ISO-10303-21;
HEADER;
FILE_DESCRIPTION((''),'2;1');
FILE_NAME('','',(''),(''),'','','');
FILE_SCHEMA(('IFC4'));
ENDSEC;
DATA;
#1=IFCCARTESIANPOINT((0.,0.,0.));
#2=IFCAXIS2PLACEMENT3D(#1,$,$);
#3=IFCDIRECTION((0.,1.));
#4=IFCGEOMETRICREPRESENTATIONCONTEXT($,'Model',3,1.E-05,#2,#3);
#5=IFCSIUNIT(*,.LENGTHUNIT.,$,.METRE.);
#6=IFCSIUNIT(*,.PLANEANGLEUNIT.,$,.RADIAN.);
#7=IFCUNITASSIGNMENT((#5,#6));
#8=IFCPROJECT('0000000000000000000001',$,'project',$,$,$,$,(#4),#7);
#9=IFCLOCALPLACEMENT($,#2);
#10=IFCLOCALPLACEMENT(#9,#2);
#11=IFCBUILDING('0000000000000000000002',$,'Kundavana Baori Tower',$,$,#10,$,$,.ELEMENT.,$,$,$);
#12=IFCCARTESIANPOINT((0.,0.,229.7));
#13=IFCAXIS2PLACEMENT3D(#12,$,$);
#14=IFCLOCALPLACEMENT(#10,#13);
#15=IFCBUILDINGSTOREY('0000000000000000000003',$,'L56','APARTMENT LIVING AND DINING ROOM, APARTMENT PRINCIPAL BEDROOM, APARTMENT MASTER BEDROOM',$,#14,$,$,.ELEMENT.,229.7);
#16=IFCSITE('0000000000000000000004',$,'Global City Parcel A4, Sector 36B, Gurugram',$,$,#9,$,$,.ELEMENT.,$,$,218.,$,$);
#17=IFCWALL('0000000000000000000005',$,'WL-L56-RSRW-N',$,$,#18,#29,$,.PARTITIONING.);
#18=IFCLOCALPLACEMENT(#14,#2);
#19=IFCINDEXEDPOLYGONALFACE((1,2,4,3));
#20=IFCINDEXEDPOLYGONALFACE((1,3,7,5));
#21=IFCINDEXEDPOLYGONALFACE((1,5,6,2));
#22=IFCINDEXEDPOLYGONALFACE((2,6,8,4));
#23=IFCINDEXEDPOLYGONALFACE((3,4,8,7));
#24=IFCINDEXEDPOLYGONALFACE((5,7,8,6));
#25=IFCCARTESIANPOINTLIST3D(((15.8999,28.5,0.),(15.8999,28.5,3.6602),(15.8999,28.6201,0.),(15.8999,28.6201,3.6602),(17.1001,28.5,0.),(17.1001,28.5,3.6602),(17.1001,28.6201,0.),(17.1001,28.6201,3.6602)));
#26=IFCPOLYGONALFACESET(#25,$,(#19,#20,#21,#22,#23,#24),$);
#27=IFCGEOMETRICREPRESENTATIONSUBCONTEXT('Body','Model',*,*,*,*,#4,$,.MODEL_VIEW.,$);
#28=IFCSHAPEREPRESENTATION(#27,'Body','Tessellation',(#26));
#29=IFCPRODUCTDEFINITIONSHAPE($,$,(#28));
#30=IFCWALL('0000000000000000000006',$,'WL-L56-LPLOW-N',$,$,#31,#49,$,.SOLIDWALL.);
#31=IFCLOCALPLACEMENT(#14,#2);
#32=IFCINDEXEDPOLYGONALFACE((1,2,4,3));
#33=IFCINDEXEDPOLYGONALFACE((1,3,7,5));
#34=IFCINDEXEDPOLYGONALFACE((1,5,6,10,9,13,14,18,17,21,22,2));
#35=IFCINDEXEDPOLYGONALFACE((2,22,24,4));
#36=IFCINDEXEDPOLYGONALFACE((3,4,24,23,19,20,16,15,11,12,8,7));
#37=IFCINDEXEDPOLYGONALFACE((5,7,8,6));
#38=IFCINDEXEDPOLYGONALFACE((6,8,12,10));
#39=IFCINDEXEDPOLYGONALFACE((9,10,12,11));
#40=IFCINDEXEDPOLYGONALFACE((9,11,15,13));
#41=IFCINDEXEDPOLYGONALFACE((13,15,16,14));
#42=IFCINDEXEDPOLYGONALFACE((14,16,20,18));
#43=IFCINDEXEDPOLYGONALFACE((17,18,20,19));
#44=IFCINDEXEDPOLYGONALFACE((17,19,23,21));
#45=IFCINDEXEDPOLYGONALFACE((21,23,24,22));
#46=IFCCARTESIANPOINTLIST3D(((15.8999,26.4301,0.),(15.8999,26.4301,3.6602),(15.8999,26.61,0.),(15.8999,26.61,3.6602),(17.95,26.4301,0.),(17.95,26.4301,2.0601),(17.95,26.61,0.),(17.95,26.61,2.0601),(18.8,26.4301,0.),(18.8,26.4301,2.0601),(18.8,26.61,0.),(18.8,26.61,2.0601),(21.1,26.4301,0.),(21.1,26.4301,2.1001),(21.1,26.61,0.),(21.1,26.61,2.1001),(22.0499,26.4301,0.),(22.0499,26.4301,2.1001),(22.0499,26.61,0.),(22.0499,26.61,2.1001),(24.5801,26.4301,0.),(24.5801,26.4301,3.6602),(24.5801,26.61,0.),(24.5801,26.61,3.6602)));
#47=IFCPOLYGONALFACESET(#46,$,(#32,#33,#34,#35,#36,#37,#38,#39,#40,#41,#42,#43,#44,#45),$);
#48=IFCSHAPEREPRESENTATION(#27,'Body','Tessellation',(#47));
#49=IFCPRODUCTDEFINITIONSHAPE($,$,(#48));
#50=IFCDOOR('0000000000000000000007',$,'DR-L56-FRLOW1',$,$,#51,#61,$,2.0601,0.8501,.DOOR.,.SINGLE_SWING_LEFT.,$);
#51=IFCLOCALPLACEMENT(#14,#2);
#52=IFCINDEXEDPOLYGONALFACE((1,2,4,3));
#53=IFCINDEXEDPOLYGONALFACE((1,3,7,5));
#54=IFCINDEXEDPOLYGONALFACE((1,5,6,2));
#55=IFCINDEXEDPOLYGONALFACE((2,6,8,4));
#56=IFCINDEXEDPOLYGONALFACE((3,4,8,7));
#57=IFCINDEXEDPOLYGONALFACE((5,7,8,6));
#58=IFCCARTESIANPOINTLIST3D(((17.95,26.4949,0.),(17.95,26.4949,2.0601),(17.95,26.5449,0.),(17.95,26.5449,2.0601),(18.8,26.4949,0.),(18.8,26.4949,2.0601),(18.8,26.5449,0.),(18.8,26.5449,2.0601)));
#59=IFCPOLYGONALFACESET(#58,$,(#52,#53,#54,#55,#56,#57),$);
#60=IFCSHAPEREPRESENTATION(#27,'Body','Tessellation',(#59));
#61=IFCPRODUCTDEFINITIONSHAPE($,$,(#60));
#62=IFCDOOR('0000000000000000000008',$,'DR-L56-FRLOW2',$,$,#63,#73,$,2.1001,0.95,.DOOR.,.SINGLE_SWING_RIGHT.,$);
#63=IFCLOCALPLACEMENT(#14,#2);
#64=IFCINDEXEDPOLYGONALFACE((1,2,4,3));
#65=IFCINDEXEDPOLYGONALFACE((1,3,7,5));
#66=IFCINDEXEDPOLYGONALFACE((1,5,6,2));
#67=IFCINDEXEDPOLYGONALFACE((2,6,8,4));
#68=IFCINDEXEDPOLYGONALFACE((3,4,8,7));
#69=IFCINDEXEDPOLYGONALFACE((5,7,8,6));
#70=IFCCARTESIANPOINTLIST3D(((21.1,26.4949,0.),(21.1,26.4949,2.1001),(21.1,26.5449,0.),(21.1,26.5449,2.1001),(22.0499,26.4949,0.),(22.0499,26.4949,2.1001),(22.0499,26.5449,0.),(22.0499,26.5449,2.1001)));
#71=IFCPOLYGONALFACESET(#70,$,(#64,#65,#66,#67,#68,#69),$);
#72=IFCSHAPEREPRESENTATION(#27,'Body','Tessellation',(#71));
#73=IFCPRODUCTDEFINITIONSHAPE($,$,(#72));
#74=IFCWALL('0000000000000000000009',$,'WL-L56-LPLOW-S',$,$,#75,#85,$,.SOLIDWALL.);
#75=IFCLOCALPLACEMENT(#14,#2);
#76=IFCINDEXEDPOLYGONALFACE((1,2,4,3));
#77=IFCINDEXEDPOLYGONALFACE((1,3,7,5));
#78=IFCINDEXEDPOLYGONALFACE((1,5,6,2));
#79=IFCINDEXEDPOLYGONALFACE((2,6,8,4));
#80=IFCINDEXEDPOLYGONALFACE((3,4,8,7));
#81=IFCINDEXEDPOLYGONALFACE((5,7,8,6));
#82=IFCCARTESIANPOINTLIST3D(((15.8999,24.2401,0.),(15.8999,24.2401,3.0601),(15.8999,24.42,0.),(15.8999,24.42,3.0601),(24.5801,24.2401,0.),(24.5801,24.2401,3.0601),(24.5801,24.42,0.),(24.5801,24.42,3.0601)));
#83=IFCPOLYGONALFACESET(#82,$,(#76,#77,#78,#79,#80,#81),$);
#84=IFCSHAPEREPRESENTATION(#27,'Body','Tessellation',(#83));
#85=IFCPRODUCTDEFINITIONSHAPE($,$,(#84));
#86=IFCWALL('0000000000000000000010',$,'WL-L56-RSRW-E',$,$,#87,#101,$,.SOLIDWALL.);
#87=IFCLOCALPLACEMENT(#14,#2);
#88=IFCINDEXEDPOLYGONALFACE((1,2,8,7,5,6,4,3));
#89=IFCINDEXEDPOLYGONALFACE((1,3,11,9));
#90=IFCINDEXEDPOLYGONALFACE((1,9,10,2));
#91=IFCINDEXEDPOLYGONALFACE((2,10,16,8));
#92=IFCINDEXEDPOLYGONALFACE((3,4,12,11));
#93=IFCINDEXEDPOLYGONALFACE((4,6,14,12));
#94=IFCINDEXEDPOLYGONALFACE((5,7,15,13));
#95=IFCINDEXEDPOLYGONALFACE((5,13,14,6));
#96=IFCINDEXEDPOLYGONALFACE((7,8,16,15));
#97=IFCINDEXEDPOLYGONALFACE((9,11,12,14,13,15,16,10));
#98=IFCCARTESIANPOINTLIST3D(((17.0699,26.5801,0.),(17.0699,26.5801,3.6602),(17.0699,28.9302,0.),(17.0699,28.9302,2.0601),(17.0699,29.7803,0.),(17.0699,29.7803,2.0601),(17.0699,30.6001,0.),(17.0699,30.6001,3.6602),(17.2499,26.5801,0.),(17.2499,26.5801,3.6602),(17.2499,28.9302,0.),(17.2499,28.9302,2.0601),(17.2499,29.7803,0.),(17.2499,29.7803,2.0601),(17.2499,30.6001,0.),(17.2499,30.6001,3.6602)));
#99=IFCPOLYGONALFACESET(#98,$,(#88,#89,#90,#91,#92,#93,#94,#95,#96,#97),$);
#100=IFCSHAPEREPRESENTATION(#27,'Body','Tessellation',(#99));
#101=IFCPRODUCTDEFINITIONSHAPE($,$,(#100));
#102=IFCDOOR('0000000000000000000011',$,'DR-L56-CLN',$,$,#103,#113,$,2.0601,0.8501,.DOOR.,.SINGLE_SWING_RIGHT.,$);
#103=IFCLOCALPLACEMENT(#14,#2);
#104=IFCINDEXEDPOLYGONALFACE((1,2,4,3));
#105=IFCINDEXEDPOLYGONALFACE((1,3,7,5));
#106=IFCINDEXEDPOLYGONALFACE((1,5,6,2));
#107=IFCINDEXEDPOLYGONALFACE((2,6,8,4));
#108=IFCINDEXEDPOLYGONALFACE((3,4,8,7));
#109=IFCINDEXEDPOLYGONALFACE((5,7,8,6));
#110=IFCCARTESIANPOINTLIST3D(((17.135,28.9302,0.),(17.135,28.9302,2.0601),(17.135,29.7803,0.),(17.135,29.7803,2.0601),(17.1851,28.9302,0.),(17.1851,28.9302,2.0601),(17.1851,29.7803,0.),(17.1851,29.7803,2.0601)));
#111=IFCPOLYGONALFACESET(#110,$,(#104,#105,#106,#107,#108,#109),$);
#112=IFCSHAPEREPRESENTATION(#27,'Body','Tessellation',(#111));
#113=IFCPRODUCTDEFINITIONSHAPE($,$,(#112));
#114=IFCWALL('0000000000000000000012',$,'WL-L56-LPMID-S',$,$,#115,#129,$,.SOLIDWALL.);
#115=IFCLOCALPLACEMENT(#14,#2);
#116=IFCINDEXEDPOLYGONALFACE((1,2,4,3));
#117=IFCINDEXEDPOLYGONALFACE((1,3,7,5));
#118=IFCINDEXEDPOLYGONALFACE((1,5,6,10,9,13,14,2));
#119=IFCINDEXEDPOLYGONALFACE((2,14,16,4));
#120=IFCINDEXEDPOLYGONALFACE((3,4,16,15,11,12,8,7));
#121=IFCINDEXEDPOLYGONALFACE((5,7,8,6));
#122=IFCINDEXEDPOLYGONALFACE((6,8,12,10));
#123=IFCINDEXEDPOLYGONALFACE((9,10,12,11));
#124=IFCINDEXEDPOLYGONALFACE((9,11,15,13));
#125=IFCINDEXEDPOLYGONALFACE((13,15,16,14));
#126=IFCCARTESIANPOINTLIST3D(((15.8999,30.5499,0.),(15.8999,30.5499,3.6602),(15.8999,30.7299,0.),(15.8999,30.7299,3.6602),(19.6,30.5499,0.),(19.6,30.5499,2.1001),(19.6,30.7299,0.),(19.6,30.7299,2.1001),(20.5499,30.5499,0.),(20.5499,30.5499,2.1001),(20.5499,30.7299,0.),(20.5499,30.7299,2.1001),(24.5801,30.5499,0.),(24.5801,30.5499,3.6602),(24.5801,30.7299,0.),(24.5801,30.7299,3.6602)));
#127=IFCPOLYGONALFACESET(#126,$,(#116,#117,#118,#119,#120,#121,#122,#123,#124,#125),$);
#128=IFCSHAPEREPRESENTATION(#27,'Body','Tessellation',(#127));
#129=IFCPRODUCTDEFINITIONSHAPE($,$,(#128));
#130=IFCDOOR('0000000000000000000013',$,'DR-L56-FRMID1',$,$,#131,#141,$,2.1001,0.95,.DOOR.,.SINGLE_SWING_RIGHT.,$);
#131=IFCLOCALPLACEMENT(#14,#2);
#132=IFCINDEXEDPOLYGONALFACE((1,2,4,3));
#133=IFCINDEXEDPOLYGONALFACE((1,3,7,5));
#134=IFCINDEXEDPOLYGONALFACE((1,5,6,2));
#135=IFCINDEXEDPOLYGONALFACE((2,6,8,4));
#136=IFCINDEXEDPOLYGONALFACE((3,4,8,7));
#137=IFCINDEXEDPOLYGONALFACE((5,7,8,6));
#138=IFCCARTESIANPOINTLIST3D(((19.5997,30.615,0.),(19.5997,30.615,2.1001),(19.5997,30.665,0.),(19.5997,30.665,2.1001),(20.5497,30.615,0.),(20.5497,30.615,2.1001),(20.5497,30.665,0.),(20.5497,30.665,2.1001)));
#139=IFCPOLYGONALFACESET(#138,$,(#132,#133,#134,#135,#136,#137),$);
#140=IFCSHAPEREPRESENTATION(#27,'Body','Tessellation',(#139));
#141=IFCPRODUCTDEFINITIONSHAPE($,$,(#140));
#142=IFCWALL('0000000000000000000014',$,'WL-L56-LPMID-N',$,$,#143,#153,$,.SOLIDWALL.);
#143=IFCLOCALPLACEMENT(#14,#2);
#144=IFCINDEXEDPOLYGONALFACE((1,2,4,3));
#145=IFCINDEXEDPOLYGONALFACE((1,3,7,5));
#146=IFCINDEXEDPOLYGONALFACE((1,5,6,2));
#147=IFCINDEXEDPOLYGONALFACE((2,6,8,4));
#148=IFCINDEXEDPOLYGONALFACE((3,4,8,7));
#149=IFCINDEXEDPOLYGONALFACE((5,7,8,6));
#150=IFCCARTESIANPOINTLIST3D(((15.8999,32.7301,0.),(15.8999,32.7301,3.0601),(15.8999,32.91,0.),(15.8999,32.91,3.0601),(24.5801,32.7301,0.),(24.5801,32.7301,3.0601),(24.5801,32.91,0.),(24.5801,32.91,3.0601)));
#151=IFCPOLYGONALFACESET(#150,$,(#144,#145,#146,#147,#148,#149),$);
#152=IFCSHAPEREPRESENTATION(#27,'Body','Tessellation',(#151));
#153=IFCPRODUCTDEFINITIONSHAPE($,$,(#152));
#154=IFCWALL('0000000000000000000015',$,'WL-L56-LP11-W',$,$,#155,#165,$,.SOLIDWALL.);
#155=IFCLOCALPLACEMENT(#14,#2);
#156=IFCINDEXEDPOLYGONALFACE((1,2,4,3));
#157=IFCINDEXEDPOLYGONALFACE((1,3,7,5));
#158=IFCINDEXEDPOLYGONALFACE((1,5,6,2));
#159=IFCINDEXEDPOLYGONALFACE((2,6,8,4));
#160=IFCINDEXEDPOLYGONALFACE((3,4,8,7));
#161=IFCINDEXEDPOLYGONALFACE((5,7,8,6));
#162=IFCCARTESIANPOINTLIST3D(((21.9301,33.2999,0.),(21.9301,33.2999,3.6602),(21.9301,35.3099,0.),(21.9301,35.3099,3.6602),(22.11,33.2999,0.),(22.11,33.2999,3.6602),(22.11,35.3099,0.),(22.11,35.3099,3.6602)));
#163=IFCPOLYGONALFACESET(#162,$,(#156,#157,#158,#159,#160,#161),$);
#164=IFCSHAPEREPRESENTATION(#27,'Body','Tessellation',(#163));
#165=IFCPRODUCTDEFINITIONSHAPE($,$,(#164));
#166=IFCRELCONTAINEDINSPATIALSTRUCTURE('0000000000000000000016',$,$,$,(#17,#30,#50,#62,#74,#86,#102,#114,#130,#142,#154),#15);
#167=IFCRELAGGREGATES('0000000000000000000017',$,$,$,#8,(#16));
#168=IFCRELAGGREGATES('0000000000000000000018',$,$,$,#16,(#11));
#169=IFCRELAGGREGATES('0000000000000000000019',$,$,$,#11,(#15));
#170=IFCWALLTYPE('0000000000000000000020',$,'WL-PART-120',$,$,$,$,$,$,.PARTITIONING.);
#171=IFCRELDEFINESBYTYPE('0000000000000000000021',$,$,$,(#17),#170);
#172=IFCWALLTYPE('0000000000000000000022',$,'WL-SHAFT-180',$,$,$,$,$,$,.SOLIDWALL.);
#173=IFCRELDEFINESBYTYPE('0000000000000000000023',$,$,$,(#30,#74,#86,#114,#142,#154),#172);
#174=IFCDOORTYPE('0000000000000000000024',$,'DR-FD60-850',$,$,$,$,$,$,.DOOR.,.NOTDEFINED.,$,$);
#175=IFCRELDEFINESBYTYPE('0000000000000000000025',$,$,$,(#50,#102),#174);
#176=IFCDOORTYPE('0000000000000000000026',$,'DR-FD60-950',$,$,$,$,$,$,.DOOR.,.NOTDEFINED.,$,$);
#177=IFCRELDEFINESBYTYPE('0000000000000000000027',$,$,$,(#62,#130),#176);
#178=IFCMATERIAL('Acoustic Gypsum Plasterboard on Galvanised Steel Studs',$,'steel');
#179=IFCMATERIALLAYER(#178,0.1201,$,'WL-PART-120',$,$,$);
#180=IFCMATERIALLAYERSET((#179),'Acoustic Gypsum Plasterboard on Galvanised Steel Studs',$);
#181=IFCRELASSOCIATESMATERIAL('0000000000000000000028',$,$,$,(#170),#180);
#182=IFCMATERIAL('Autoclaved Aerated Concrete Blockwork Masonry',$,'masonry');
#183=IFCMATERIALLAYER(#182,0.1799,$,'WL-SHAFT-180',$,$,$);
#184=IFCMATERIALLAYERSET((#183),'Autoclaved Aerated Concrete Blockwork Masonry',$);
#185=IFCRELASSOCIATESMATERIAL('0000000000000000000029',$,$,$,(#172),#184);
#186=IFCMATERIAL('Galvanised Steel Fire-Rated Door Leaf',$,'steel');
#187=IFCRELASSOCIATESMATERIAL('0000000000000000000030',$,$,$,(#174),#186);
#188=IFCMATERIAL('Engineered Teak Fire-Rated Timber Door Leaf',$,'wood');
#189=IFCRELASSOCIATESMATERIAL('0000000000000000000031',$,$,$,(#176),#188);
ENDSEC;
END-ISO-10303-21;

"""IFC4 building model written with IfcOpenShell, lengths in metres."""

from ifc_helpers import new_model, si_unit, direction, frame, frame_2d, origin, place, context, subcontext, project, spatial, rectangle, extrude, material, layer, layer_set, type_object, element, fill, save


model = new_model("IFC4")

# Units and contexts
model_context = context("Model", 3, precision=1e-05, world=origin(), true_north=direction((0.0, 1.0)))
body_context = subcontext(model_context, "Body", "Model", "MODEL_VIEW")
ifc_project = project(units=[si_unit("LENGTHUNIT", "METRE"), si_unit("PLANEANGLEUNIT", "RADIAN")], contexts=[model_context])

# Site, building, storey
site_placement = place(None, origin())
site = spatial("IfcSite", under=ifc_project, at=site_placement, Name="Global City Parcel A4, Sector 36B, Gurugram", CompositionType="ELEMENT", RefElevation=218.0)
building_placement = place(site_placement, origin())
building = spatial("IfcBuilding", under=site, at=building_placement, Name="Kundavana Baori Tower", CompositionType="ELEMENT")
storey_placement = place(building_placement, frame((0.0, 0.0, 229.7)))
storey = spatial("IfcBuildingStorey", under=building, at=storey_placement, Name="L56", Description="APARTMENT LIVING AND DINING ROOM, APARTMENT PRINCIPAL BEDROOM, APARTMENT MASTER BEDROOM", CompositionType="ELEMENT", Elevation=229.7)

# Wall
ifc_material_1 = material(Name="Acoustic Gypsum Plasterboard on Galvanised Steel Studs", Category="steel")
ifc_layer_1 = layer(ifc_material_1, 0.1201, Name="WL-PART-120")
ifc_layer_set_1 = layer_set([ifc_layer_1], Name="Acoustic Gypsum Plasterboard on Galvanised Steel Studs")
wall_type_1 = type_object("IfcWallType", Name="WL-PART-120", PredefinedType="PARTITIONING", material=ifc_layer_set_1)
wall_1_placement = place(storey_placement, frame((15.8999, 28.5601, 0.0), z_axis=(0.0, 0.0, 1.0), x_axis=(1.0, 0.0, 0.0)))
element("IfcWall", 1, at=wall_1_placement, inside=storey, type_object=wall_type_1, Name="WL-L56-RSRW-N", PredefinedType="PARTITIONING", context=body_context, shape_type="SweptSolid", body=[
    extrude(rectangle(XDim=1.2002, YDim=0.1201, at=frame_2d((0.6001, 0.0))), origin(), (0.0, 0.0, 1.0), 3.6602),
])

# Wall, openings, doors
ifc_material_2 = material(Name="Autoclaved Aerated Concrete Blockwork Masonry", Category="masonry")
ifc_layer_2 = layer(ifc_material_2, 0.1799, Name="WL-SHAFT-180")
ifc_layer_set_2 = layer_set([ifc_layer_2], Name="Autoclaved Aerated Concrete Blockwork Masonry")
wall_type_2 = type_object("IfcWallType", Name="WL-SHAFT-180", PredefinedType="SOLIDWALL", material=ifc_layer_set_2)
wall_2_placement = place(storey_placement, frame((15.8999, 26.52, 0.0), z_axis=(0.0, 0.0, 1.0), x_axis=(1.0, 0.0, 0.0)))
wall_2 = element("IfcWall", 2, at=wall_2_placement, inside=storey, type_object=wall_type_2, Name="WL-L56-LPLOW-N", PredefinedType="SOLIDWALL", context=body_context, shape_type="SweptSolid", body=[
    extrude(rectangle(XDim=8.6802, YDim=0.1799, at=frame_2d((4.3401, 0.0))), origin(), (0.0, 0.0, 1.0), 3.6602),
])
opening_1_placement = place(wall_2_placement, frame((2.05, 0.0, 0.0)))
opening_1 = element("IfcOpeningElement", 3, at=opening_1_placement, cuts=wall_2, PredefinedType="OPENING", context=body_context, shape_type="SweptSolid", body=[
    extrude(rectangle(XDim=0.8501, YDim=2.0601, at=frame_2d((0.425, 1.03))), frame((0.0, 0.1001, 0.0), z_axis=(0.0, -1.0, 0.0), x_axis=(1.0, 0.0, 0.0)), (0.0, 0.0, 1.0), 0.2),
])
opening_2_placement = place(wall_2_placement, frame((5.2, 0.0, 0.0)))
opening_2 = element("IfcOpeningElement", 4, at=opening_2_placement, cuts=wall_2, PredefinedType="OPENING", context=body_context, shape_type="SweptSolid", body=[
    extrude(rectangle(XDim=0.95, YDim=2.1001, at=frame_2d((0.4751, 1.05))), frame((0.0, 0.1001, 0.0), z_axis=(0.0, -1.0, 0.0), x_axis=(1.0, 0.0, 0.0)), (0.0, 0.0, 1.0), 0.2),
])
ifc_material_3 = material(Name="Galvanised Steel Fire-Rated Door Leaf", Category="steel")
door_type_1 = type_object("IfcDoorType", Name="DR-FD60-850", OperationType="NOTDEFINED", PredefinedType="DOOR", material=ifc_material_3)
door_1_placement = place(opening_1_placement, origin())
door_1 = element("IfcDoor", 5, at=door_1_placement, inside=storey, type_object=door_type_1, Name="DR-L56-FRLOW1", OperationType="SINGLE_SWING_LEFT", OverallHeight=2.0601, OverallWidth=0.8501, PredefinedType="DOOR", context=body_context, shape_type="SweptSolid", body=[
    extrude(rectangle(XDim=0.8501, YDim=2.0601, at=frame_2d((0.425, 1.03))), frame((0.0, 0.0249, 0.0), z_axis=(0.0, -1.0, 0.0), x_axis=(1.0, 0.0, 0.0)), (0.0, 0.0, 1.0), 0.05),
])
fill(opening_1, door_1)
ifc_material_4 = material(Name="Engineered Teak Fire-Rated Timber Door Leaf", Category="wood")
door_type_2 = type_object("IfcDoorType", Name="DR-FD60-950", OperationType="NOTDEFINED", PredefinedType="DOOR", material=ifc_material_4)
door_2_placement = place(opening_2_placement, origin())
door_2 = element("IfcDoor", 6, at=door_2_placement, inside=storey, type_object=door_type_2, Name="DR-L56-FRLOW2", OperationType="SINGLE_SWING_RIGHT", OverallHeight=2.1001, OverallWidth=0.95, PredefinedType="DOOR", context=body_context, shape_type="SweptSolid", body=[
    extrude(rectangle(XDim=0.95, YDim=2.1001, at=frame_2d((0.4751, 1.05))), frame((0.0, 0.0249, 0.0), z_axis=(0.0, -1.0, 0.0), x_axis=(1.0, 0.0, 0.0)), (0.0, 0.0, 1.0), 0.05),
])
fill(opening_2, door_2)

# Wall
wall_3_placement = place(storey_placement, frame((15.8999, 24.3301, 0.0), z_axis=(0.0, 0.0, 1.0), x_axis=(1.0, 0.0, 0.0)))
element("IfcWall", 7, at=wall_3_placement, inside=storey, type_object=wall_type_2, Name="WL-L56-LPLOW-S", PredefinedType="SOLIDWALL", context=body_context, shape_type="SweptSolid", body=[
    extrude(rectangle(XDim=8.6802, YDim=0.1799, at=frame_2d((4.3401, 0.0))), origin(), (0.0, 0.0, 1.0), 3.0601),
])

# Walls, openings, doors
wall_4_placement = place(storey_placement, frame((17.1599, 26.5801, 0.0), z_axis=(0.0, 0.0, 1.0), x_axis=(0.0, 1.0, 0.0)))
wall_4 = element("IfcWall", 8, at=wall_4_placement, inside=storey, type_object=wall_type_2, Name="WL-L56-RSRW-E", PredefinedType="SOLIDWALL", context=body_context, shape_type="SweptSolid", body=[
    extrude(rectangle(XDim=4.02, YDim=0.1799, at=frame_2d((2.01, 0.0))), origin(), (0.0, 0.0, 1.0), 3.6602),
])
opening_3_placement = place(wall_4_placement, frame((2.3501, 0.0, 0.0)))
opening_3 = element("IfcOpeningElement", 9, at=opening_3_placement, cuts=wall_4, PredefinedType="OPENING", context=body_context, shape_type="SweptSolid", body=[
    extrude(rectangle(XDim=0.8501, YDim=2.0601, at=frame_2d((0.425, 1.03))), frame((0.0, 0.1001, 0.0), z_axis=(0.0, -1.0, 0.0), x_axis=(1.0, 0.0, 0.0)), (0.0, 0.0, 1.0), 0.2),
])
door_3_placement = place(opening_3_placement, origin())
door_3 = element("IfcDoor", 10, at=door_3_placement, inside=storey, type_object=door_type_1, Name="DR-L56-CLN", OperationType="SINGLE_SWING_RIGHT", OverallHeight=2.0601, OverallWidth=0.8501, PredefinedType="DOOR", context=body_context, shape_type="SweptSolid", body=[
    extrude(rectangle(XDim=0.8501, YDim=2.0601, at=frame_2d((0.425, 1.03))), frame((0.0, 0.0249, 0.0), z_axis=(0.0, -1.0, 0.0), x_axis=(1.0, 0.0, 0.0)), (0.0, 0.0, 1.0), 0.05),
])
fill(opening_3, door_3)
wall_5_placement = place(storey_placement, frame((15.8999, 30.6399, 0.0), z_axis=(0.0, 0.0, 1.0), x_axis=(1.0, 0.0, 0.0)))
wall_5 = element("IfcWall", 11, at=wall_5_placement, inside=storey, type_object=wall_type_2, Name="WL-L56-LPMID-S", PredefinedType="SOLIDWALL", context=body_context, shape_type="SweptSolid", body=[
    extrude(rectangle(XDim=8.6802, YDim=0.1799, at=frame_2d((4.3401, 0.0))), origin(), (0.0, 0.0, 1.0), 3.6602),
])
opening_4_placement = place(wall_5_placement, frame((3.7, 0.0, 0.0)))
opening_4 = element("IfcOpeningElement", 12, at=opening_4_placement, cuts=wall_5, PredefinedType="OPENING", context=body_context, shape_type="SweptSolid", body=[
    extrude(rectangle(XDim=0.95, YDim=2.1001, at=frame_2d((0.4751, 1.05))), frame((0.0, 0.1001, 0.0), z_axis=(0.0, -1.0, 0.0), x_axis=(1.0, 0.0, 0.0)), (0.0, 0.0, 1.0), 0.2),
])
door_4_placement = place(opening_4_placement, frame((0.95, 0.0, 0.0), z_axis=(0.0, 0.0, 1.0), x_axis=(-1.0, 0.0, 0.0)))
door_4 = element("IfcDoor", 13, at=door_4_placement, inside=storey, type_object=door_type_2, Name="DR-L56-FRMID1", OperationType="SINGLE_SWING_RIGHT", OverallHeight=2.1001, OverallWidth=0.95, PredefinedType="DOOR", context=body_context, shape_type="SweptSolid", body=[
    extrude(rectangle(XDim=0.95, YDim=2.1001, at=frame_2d((0.4751, 1.05))), frame((0.0, 0.0249, 0.0), z_axis=(0.0, -1.0, 0.0), x_axis=(1.0, 0.0, 0.0)), (0.0, 0.0, 1.0), 0.05),
])
fill(opening_4, door_4)

# Walls
wall_6_placement = place(storey_placement, frame((15.8999, 32.8201, 0.0), z_axis=(0.0, 0.0, 1.0), x_axis=(1.0, 0.0, 0.0)))
element("IfcWall", 14, at=wall_6_placement, inside=storey, type_object=wall_type_2, Name="WL-L56-LPMID-N", PredefinedType="SOLIDWALL", context=body_context, shape_type="SweptSolid", body=[
    extrude(rectangle(XDim=8.6802, YDim=0.1799, at=frame_2d((4.3401, 0.0))), origin(), (0.0, 0.0, 1.0), 3.0601),
])
wall_7_placement = place(storey_placement, frame((22.02, 33.3, 0.0), z_axis=(0.0, 0.0, 1.0), x_axis=(0.0, 1.0, 0.0)))
element("IfcWall", 15, at=wall_7_placement, inside=storey, type_object=wall_type_2, Name="WL-L56-LP11-W", PredefinedType="SOLIDWALL", context=body_context, shape_type="SweptSolid", body=[
    extrude(rectangle(XDim=2.01, YDim=0.1799, at=frame_2d((1.0049, 0.0))), origin(), (0.0, 0.0, 1.0), 3.6602),
])

save(model, "model.ifc")
